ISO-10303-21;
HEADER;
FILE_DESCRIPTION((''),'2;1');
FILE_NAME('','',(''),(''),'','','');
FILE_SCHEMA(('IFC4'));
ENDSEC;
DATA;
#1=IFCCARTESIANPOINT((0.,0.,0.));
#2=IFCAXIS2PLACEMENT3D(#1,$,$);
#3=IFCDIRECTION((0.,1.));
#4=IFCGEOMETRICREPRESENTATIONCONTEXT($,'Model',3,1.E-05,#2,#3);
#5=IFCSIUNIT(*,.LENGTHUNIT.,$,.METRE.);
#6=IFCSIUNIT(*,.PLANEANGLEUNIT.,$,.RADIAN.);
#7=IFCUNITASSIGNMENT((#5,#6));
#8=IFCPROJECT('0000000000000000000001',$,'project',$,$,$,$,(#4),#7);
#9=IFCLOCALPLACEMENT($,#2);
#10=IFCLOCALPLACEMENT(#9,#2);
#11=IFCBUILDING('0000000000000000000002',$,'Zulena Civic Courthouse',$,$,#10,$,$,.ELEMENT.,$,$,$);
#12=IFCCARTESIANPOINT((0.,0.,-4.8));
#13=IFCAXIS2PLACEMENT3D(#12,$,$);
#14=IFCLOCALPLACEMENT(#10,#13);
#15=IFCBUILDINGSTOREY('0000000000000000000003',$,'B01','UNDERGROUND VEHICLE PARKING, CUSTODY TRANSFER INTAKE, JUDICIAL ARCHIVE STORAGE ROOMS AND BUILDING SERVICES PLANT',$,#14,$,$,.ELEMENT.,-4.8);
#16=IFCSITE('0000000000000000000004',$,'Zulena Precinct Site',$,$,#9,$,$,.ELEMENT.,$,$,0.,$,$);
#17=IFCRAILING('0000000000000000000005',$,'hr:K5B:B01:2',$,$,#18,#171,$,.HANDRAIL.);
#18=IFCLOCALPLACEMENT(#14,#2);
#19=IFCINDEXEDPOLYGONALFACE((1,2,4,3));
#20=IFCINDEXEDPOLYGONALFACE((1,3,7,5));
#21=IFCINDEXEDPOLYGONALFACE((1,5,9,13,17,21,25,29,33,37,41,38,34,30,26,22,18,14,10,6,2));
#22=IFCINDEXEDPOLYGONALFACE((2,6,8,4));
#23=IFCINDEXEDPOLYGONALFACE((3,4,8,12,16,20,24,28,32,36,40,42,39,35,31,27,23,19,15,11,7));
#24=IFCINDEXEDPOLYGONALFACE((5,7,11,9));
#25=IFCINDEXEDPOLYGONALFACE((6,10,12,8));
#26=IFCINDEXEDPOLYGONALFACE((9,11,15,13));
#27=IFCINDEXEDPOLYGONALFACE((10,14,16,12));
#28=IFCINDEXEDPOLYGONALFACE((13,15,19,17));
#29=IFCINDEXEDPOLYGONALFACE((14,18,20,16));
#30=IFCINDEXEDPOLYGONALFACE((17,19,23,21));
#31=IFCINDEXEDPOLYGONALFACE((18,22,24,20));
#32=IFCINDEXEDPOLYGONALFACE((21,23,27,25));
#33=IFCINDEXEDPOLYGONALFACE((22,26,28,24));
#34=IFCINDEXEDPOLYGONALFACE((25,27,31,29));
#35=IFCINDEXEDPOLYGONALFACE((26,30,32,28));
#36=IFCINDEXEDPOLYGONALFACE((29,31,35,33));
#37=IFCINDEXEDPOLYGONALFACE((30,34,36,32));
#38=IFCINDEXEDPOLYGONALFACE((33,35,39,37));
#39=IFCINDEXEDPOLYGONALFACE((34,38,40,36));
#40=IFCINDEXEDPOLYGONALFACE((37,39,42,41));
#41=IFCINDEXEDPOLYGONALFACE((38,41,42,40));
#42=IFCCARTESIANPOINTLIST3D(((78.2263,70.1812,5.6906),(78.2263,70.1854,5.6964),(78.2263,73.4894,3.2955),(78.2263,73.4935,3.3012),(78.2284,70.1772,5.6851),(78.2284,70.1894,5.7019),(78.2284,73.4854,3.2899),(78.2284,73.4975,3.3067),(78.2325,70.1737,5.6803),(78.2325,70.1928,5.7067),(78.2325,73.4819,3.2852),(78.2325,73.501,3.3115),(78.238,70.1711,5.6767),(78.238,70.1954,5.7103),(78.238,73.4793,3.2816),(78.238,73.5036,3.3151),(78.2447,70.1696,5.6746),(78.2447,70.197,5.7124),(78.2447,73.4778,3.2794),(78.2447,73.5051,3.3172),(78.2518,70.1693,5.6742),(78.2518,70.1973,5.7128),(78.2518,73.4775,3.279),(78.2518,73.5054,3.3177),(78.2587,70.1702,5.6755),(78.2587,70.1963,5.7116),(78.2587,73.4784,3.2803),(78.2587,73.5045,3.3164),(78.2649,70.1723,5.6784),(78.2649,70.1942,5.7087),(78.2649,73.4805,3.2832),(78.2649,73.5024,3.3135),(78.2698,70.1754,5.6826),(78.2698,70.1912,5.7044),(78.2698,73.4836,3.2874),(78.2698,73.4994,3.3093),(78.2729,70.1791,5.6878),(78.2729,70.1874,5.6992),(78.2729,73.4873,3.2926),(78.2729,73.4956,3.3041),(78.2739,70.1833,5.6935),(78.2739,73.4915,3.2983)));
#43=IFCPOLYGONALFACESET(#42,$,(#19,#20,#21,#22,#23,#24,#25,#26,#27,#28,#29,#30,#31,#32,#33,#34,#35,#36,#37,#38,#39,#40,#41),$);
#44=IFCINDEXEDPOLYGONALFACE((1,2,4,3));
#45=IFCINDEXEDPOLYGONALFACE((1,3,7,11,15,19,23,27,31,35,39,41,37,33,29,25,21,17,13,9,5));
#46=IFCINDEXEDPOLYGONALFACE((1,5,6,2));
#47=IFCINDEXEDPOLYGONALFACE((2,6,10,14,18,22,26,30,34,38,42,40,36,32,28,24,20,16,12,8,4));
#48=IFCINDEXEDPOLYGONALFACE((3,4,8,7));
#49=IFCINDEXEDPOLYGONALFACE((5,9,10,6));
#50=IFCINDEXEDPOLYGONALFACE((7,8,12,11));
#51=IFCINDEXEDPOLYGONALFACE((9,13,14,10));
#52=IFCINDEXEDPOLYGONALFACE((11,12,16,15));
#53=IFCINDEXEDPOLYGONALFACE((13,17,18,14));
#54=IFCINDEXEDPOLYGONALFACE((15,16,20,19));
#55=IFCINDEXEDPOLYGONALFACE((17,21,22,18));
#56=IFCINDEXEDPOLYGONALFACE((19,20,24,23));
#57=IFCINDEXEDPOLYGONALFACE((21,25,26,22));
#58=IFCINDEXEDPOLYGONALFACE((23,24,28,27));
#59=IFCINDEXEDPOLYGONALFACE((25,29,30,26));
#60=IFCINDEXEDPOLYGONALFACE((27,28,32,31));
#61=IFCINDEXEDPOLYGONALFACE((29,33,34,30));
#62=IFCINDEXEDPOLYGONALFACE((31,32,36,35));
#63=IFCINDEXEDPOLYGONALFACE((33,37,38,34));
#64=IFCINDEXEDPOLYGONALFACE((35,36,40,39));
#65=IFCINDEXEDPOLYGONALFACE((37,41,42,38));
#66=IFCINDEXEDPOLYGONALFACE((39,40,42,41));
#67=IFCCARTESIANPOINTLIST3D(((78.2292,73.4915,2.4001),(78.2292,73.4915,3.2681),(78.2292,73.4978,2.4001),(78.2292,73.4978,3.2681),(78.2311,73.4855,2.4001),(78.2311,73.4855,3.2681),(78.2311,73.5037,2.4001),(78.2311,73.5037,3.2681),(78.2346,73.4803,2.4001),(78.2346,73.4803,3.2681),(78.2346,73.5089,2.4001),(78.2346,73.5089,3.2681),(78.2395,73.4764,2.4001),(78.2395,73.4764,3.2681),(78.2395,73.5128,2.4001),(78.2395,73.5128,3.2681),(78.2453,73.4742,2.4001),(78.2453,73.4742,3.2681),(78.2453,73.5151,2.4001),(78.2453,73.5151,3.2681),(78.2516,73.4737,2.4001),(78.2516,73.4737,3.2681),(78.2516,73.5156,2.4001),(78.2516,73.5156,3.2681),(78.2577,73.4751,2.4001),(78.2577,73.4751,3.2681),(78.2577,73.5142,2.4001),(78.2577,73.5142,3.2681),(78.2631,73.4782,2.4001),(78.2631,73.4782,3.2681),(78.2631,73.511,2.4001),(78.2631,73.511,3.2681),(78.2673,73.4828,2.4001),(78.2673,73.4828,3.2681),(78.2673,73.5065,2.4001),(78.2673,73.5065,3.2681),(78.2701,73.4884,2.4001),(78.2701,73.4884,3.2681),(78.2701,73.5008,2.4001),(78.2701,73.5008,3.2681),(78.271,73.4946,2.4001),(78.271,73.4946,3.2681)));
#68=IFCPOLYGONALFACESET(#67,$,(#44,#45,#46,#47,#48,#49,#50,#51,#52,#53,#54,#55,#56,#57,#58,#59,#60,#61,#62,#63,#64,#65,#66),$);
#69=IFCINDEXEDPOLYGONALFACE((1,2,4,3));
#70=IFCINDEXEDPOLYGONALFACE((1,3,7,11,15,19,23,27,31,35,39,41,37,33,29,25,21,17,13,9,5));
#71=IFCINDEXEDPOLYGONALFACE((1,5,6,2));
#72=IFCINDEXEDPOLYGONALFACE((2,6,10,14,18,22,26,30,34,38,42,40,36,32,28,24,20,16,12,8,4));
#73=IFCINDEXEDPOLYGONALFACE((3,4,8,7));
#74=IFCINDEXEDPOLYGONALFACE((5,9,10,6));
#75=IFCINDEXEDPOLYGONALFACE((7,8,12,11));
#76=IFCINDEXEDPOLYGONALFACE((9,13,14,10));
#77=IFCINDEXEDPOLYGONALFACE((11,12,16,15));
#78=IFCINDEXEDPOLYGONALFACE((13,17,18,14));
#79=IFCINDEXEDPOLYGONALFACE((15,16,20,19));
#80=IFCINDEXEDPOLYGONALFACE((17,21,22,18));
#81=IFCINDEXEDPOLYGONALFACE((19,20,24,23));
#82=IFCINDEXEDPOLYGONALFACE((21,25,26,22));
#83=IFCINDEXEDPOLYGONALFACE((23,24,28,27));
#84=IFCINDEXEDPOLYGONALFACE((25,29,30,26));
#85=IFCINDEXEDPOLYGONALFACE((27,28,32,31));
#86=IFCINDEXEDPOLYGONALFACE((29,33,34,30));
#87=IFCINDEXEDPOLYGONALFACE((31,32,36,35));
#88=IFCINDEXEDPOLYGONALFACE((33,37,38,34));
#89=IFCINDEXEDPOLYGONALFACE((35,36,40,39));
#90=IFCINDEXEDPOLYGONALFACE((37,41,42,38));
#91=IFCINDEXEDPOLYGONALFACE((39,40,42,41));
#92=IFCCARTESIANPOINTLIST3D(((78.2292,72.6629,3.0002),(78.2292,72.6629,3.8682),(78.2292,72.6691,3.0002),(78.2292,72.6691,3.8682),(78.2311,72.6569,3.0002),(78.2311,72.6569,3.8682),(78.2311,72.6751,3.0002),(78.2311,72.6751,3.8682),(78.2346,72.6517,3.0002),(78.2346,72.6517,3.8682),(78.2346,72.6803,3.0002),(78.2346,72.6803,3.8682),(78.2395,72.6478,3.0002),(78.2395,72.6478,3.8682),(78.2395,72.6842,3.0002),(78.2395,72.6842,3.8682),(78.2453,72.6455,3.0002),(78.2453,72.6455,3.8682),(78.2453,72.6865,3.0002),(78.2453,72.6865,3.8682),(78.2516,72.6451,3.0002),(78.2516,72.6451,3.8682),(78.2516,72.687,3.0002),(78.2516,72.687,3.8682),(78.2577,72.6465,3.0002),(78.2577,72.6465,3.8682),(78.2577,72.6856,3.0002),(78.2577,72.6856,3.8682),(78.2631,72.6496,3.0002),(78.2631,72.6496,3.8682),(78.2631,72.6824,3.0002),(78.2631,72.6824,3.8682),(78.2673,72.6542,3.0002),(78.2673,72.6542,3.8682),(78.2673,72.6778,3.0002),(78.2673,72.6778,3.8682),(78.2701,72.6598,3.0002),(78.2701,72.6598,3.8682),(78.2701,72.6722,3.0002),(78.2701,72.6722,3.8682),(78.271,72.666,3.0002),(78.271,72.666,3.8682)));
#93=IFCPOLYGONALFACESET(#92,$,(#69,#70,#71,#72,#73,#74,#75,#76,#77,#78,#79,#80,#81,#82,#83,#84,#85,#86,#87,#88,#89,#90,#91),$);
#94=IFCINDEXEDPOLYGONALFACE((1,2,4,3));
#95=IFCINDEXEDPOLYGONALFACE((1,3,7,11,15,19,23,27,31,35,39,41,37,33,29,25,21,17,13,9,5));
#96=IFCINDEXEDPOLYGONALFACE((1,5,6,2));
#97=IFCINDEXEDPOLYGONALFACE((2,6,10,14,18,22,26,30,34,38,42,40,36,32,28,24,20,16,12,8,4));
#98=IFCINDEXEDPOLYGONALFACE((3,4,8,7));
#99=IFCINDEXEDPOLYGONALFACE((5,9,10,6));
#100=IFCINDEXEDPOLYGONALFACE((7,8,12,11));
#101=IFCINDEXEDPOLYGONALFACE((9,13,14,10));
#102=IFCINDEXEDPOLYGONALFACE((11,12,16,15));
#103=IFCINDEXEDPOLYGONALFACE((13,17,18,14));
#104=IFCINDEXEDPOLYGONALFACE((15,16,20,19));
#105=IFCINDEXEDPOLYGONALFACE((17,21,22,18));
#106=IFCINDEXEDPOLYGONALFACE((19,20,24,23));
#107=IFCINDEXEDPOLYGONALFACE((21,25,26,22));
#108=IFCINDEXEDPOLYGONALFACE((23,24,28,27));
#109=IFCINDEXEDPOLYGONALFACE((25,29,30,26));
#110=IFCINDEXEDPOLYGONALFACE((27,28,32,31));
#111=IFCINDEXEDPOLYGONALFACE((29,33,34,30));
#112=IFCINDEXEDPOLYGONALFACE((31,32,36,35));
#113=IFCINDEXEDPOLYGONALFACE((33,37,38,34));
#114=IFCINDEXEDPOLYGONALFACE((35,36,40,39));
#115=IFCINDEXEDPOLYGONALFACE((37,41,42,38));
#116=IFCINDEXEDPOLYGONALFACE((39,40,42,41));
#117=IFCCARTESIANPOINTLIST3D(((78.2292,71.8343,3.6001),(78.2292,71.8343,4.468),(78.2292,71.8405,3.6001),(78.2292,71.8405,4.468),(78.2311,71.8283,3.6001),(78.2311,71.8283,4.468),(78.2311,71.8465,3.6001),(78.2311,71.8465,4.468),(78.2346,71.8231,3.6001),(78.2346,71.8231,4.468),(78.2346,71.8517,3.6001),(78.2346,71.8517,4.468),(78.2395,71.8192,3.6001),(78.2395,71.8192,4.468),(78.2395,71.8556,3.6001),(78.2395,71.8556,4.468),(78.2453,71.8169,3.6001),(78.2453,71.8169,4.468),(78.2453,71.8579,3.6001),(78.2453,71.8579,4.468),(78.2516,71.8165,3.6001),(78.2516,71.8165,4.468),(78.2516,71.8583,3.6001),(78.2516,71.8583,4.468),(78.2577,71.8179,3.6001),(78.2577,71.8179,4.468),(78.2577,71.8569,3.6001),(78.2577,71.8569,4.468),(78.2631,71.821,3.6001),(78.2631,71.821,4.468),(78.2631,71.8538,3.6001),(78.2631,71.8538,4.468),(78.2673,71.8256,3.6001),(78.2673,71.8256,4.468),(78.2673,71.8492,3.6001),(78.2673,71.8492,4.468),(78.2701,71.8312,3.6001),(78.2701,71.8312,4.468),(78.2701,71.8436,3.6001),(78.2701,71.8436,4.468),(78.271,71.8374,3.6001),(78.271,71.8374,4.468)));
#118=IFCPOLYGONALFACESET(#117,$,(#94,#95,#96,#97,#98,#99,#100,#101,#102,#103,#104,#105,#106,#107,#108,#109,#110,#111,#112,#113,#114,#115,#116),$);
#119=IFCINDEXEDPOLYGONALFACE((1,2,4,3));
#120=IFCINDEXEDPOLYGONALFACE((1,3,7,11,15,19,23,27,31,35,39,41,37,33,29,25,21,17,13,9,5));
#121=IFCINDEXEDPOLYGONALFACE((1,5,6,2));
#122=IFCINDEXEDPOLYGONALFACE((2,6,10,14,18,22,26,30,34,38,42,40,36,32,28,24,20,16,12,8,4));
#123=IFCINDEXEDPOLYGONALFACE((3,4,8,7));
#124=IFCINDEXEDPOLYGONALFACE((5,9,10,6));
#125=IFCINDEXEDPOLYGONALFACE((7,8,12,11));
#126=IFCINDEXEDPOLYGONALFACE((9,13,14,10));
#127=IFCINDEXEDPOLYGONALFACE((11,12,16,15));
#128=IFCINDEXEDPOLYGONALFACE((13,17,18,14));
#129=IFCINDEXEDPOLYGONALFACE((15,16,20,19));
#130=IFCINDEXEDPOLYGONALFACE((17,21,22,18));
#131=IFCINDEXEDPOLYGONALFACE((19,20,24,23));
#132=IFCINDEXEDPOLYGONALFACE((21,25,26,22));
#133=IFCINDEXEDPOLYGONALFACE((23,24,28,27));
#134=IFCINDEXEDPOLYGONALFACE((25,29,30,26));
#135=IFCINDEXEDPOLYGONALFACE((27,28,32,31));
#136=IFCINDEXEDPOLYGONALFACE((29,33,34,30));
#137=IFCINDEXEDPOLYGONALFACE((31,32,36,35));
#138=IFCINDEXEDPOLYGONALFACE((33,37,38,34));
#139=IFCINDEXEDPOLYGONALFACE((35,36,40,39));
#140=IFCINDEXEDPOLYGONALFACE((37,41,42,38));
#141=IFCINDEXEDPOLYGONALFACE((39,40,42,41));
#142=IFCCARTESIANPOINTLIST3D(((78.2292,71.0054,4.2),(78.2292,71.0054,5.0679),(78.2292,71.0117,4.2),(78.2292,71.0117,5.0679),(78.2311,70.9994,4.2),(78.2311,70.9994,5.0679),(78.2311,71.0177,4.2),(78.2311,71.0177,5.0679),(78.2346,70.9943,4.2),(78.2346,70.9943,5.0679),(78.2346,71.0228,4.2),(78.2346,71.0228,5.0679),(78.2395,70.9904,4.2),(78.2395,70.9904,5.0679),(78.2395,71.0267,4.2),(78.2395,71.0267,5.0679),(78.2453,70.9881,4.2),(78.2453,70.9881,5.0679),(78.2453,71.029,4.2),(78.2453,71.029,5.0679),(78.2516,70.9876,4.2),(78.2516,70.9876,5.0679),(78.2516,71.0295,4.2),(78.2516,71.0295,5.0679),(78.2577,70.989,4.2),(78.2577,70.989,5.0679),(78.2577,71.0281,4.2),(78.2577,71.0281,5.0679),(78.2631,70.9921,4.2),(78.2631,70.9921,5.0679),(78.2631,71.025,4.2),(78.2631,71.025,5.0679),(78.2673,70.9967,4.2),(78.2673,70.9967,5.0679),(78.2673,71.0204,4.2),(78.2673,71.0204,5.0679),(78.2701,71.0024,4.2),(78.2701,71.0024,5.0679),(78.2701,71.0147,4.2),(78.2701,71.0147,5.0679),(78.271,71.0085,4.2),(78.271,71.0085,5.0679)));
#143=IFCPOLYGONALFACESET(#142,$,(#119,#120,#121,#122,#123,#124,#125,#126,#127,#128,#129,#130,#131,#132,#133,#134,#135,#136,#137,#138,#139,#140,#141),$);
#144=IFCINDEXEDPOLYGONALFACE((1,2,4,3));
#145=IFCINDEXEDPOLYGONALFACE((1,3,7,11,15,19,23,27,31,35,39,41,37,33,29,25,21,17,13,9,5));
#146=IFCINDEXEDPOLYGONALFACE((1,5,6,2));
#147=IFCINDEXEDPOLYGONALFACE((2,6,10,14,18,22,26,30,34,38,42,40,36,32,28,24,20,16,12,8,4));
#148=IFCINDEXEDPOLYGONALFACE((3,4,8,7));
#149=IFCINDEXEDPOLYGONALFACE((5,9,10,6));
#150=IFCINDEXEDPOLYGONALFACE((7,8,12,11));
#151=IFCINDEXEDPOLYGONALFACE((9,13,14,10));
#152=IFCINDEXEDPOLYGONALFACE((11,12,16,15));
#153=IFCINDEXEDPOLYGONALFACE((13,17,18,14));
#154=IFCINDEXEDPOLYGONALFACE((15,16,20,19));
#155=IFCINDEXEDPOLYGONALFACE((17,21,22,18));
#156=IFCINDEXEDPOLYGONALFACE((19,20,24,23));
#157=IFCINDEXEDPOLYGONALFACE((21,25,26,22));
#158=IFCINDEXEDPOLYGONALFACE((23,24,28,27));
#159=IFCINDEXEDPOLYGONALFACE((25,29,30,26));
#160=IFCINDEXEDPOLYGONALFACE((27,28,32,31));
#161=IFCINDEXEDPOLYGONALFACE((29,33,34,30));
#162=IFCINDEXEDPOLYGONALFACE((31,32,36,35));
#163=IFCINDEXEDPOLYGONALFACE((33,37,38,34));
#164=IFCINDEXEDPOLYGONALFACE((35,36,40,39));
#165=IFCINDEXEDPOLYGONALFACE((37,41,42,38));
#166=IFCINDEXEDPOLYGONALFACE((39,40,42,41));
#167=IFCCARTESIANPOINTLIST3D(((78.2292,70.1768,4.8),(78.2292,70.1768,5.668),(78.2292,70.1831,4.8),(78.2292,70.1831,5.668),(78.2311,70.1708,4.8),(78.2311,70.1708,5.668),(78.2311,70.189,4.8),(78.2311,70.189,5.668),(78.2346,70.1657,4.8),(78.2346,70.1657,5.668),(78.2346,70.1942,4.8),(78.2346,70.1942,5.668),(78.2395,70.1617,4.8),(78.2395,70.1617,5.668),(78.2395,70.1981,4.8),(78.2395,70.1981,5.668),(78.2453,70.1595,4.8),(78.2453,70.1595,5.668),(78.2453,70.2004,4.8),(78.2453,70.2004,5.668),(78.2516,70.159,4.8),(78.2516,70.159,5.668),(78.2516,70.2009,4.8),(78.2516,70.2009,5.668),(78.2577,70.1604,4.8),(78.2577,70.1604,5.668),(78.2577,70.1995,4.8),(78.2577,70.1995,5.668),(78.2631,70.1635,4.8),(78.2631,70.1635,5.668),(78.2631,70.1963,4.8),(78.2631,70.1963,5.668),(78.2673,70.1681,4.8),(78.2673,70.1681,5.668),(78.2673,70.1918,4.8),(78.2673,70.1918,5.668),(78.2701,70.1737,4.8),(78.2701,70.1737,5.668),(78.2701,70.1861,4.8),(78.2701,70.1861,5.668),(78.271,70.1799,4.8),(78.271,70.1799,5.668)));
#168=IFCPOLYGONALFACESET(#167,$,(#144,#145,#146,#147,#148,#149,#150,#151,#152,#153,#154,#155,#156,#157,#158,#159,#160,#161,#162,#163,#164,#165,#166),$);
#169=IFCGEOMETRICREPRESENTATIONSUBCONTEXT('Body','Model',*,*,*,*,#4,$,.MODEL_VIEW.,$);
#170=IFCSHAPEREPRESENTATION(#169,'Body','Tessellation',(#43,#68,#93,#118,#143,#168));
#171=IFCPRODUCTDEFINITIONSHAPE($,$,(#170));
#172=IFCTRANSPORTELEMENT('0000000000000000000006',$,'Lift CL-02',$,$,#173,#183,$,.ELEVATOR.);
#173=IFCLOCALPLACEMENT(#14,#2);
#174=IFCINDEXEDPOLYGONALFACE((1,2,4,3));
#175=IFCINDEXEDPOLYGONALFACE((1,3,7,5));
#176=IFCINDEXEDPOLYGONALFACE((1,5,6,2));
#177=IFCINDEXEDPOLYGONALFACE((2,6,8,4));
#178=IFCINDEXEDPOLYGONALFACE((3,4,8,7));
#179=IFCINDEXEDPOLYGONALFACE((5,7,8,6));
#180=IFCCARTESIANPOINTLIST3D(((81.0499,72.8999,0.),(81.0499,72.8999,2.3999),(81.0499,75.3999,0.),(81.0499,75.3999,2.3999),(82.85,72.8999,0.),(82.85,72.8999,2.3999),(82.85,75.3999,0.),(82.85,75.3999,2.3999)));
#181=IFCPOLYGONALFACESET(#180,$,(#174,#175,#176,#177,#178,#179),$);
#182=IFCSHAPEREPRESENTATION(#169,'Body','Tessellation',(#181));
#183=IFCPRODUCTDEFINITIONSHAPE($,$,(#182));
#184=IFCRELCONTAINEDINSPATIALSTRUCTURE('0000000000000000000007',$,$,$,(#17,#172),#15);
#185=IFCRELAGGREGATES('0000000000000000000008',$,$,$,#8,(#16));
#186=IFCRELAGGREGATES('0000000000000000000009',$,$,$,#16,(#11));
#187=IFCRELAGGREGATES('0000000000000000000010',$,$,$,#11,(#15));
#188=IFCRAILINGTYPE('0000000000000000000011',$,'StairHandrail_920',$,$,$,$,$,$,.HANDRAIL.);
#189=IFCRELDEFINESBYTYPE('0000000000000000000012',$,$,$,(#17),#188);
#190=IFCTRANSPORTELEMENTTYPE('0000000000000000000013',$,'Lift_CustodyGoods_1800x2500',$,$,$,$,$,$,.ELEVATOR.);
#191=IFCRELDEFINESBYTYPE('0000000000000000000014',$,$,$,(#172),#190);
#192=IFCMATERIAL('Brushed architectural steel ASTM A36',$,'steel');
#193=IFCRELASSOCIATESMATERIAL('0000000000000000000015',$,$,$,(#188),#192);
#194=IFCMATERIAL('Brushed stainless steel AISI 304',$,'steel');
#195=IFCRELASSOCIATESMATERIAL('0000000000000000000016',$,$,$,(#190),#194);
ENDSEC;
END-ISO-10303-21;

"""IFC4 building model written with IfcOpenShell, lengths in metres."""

from ifc_helpers import new_model, si_unit, direction, frame, origin, origin_2d, place, context, subcontext, project, spatial, rectangle, circle, extrude, material, type_object, element, save


model = new_model("IFC4")

# Units and contexts
model_context = context("Model", 3, precision=1e-05, world=origin(), true_north=direction((0.0, 1.0)))
body_context = subcontext(model_context, "Body", "Model", "MODEL_VIEW")
ifc_project = project(units=[si_unit("LENGTHUNIT", "METRE"), si_unit("PLANEANGLEUNIT", "RADIAN")], contexts=[model_context])

# Site, building, storey
site_placement = place(None, origin())
site = spatial("IfcSite", under=ifc_project, at=site_placement, Name="Zulena Precinct Site", CompositionType="ELEMENT", RefElevation=0.0)
building_placement = place(site_placement, origin())
building = spatial("IfcBuilding", under=site, at=building_placement, Name="Zulena Civic Courthouse", CompositionType="ELEMENT")
storey_placement = place(building_placement, frame((0.0, 0.0, -4.8)))
storey = spatial("IfcBuildingStorey", under=building, at=storey_placement, Name="B01", Description="UNDERGROUND VEHICLE PARKING, CUSTODY TRANSFER INTAKE, JUDICIAL ARCHIVE STORAGE ROOMS AND BUILDING SERVICES PLANT", CompositionType="ELEMENT", Elevation=-4.8)

# Railing
ifc_material_1 = material(Name="Brushed architectural steel ASTM A36", Category="steel")
railing_type_1 = type_object("IfcRailingType", Name="StairHandrail_920", PredefinedType="HANDRAIL", material=ifc_material_1)
railing_1_placement = place(storey_placement, frame((78.25, 73.4946, 2.4001)))
element("IfcRailing", 1, at=railing_1_placement, inside=storey, type_object=railing_type_1, Name="hr:K5B:B01:2", PredefinedType="HANDRAIL", context=body_context, shape_type="SweptSolid", body=[
    extrude(circle(Radius=0.0239, at=origin_2d()), frame((0.0, -0.0032, 0.8982), z_axis=(0.0, -0.809988, 0.586446), x_axis=(1.0, 0.0, 0.0)), (0.0, 0.0, 1.0), 4.0842),
    extrude(circle(Radius=0.021, at=origin_2d()), origin(), (0.0, 0.0, 1.0), 0.8679),
    extrude(circle(Radius=0.021, at=origin_2d()), frame((0.0, -0.8286, 0.6001)), (0.0, 0.0, 1.0), 0.8679),
    extrude(circle(Radius=0.021, at=origin_2d()), frame((0.0, -1.6572, 1.2)), (0.0, 0.0, 1.0), 0.8679),
    extrude(circle(Radius=0.021, at=origin_2d()), frame((0.0, -2.4861, 1.7998)), (0.0, 0.0, 1.0), 0.8679),
    extrude(circle(Radius=0.021, at=origin_2d()), frame((0.0, -3.3147, 2.3999)), (0.0, 0.0, 1.0), 0.8679),
])

# Transport element
ifc_material_2 = material(Name="Brushed stainless steel AISI 304", Category="steel")
transport_element_type = type_object("IfcTransportElementType", Name="Lift_CustodyGoods_1800x2500", PredefinedType="ELEVATOR", material=ifc_material_2)
transport_element_placement = place(storey_placement, frame((81.95, 74.1499, 0.0), z_axis=(0.0, 0.0, 1.0), x_axis=(1.0, 0.0, 0.0)))
element("IfcTransportElement", 2, at=transport_element_placement, inside=storey, type_object=transport_element_type, Name="Lift CL-02", PredefinedType="ELEVATOR", context=body_context, shape_type="SweptSolid", body=[
    extrude(rectangle(XDim=1.8, YDim=2.5, at=origin_2d()), origin(), (0.0, 0.0, 1.0), 2.3999),
])

save(model, "model.ifc")
